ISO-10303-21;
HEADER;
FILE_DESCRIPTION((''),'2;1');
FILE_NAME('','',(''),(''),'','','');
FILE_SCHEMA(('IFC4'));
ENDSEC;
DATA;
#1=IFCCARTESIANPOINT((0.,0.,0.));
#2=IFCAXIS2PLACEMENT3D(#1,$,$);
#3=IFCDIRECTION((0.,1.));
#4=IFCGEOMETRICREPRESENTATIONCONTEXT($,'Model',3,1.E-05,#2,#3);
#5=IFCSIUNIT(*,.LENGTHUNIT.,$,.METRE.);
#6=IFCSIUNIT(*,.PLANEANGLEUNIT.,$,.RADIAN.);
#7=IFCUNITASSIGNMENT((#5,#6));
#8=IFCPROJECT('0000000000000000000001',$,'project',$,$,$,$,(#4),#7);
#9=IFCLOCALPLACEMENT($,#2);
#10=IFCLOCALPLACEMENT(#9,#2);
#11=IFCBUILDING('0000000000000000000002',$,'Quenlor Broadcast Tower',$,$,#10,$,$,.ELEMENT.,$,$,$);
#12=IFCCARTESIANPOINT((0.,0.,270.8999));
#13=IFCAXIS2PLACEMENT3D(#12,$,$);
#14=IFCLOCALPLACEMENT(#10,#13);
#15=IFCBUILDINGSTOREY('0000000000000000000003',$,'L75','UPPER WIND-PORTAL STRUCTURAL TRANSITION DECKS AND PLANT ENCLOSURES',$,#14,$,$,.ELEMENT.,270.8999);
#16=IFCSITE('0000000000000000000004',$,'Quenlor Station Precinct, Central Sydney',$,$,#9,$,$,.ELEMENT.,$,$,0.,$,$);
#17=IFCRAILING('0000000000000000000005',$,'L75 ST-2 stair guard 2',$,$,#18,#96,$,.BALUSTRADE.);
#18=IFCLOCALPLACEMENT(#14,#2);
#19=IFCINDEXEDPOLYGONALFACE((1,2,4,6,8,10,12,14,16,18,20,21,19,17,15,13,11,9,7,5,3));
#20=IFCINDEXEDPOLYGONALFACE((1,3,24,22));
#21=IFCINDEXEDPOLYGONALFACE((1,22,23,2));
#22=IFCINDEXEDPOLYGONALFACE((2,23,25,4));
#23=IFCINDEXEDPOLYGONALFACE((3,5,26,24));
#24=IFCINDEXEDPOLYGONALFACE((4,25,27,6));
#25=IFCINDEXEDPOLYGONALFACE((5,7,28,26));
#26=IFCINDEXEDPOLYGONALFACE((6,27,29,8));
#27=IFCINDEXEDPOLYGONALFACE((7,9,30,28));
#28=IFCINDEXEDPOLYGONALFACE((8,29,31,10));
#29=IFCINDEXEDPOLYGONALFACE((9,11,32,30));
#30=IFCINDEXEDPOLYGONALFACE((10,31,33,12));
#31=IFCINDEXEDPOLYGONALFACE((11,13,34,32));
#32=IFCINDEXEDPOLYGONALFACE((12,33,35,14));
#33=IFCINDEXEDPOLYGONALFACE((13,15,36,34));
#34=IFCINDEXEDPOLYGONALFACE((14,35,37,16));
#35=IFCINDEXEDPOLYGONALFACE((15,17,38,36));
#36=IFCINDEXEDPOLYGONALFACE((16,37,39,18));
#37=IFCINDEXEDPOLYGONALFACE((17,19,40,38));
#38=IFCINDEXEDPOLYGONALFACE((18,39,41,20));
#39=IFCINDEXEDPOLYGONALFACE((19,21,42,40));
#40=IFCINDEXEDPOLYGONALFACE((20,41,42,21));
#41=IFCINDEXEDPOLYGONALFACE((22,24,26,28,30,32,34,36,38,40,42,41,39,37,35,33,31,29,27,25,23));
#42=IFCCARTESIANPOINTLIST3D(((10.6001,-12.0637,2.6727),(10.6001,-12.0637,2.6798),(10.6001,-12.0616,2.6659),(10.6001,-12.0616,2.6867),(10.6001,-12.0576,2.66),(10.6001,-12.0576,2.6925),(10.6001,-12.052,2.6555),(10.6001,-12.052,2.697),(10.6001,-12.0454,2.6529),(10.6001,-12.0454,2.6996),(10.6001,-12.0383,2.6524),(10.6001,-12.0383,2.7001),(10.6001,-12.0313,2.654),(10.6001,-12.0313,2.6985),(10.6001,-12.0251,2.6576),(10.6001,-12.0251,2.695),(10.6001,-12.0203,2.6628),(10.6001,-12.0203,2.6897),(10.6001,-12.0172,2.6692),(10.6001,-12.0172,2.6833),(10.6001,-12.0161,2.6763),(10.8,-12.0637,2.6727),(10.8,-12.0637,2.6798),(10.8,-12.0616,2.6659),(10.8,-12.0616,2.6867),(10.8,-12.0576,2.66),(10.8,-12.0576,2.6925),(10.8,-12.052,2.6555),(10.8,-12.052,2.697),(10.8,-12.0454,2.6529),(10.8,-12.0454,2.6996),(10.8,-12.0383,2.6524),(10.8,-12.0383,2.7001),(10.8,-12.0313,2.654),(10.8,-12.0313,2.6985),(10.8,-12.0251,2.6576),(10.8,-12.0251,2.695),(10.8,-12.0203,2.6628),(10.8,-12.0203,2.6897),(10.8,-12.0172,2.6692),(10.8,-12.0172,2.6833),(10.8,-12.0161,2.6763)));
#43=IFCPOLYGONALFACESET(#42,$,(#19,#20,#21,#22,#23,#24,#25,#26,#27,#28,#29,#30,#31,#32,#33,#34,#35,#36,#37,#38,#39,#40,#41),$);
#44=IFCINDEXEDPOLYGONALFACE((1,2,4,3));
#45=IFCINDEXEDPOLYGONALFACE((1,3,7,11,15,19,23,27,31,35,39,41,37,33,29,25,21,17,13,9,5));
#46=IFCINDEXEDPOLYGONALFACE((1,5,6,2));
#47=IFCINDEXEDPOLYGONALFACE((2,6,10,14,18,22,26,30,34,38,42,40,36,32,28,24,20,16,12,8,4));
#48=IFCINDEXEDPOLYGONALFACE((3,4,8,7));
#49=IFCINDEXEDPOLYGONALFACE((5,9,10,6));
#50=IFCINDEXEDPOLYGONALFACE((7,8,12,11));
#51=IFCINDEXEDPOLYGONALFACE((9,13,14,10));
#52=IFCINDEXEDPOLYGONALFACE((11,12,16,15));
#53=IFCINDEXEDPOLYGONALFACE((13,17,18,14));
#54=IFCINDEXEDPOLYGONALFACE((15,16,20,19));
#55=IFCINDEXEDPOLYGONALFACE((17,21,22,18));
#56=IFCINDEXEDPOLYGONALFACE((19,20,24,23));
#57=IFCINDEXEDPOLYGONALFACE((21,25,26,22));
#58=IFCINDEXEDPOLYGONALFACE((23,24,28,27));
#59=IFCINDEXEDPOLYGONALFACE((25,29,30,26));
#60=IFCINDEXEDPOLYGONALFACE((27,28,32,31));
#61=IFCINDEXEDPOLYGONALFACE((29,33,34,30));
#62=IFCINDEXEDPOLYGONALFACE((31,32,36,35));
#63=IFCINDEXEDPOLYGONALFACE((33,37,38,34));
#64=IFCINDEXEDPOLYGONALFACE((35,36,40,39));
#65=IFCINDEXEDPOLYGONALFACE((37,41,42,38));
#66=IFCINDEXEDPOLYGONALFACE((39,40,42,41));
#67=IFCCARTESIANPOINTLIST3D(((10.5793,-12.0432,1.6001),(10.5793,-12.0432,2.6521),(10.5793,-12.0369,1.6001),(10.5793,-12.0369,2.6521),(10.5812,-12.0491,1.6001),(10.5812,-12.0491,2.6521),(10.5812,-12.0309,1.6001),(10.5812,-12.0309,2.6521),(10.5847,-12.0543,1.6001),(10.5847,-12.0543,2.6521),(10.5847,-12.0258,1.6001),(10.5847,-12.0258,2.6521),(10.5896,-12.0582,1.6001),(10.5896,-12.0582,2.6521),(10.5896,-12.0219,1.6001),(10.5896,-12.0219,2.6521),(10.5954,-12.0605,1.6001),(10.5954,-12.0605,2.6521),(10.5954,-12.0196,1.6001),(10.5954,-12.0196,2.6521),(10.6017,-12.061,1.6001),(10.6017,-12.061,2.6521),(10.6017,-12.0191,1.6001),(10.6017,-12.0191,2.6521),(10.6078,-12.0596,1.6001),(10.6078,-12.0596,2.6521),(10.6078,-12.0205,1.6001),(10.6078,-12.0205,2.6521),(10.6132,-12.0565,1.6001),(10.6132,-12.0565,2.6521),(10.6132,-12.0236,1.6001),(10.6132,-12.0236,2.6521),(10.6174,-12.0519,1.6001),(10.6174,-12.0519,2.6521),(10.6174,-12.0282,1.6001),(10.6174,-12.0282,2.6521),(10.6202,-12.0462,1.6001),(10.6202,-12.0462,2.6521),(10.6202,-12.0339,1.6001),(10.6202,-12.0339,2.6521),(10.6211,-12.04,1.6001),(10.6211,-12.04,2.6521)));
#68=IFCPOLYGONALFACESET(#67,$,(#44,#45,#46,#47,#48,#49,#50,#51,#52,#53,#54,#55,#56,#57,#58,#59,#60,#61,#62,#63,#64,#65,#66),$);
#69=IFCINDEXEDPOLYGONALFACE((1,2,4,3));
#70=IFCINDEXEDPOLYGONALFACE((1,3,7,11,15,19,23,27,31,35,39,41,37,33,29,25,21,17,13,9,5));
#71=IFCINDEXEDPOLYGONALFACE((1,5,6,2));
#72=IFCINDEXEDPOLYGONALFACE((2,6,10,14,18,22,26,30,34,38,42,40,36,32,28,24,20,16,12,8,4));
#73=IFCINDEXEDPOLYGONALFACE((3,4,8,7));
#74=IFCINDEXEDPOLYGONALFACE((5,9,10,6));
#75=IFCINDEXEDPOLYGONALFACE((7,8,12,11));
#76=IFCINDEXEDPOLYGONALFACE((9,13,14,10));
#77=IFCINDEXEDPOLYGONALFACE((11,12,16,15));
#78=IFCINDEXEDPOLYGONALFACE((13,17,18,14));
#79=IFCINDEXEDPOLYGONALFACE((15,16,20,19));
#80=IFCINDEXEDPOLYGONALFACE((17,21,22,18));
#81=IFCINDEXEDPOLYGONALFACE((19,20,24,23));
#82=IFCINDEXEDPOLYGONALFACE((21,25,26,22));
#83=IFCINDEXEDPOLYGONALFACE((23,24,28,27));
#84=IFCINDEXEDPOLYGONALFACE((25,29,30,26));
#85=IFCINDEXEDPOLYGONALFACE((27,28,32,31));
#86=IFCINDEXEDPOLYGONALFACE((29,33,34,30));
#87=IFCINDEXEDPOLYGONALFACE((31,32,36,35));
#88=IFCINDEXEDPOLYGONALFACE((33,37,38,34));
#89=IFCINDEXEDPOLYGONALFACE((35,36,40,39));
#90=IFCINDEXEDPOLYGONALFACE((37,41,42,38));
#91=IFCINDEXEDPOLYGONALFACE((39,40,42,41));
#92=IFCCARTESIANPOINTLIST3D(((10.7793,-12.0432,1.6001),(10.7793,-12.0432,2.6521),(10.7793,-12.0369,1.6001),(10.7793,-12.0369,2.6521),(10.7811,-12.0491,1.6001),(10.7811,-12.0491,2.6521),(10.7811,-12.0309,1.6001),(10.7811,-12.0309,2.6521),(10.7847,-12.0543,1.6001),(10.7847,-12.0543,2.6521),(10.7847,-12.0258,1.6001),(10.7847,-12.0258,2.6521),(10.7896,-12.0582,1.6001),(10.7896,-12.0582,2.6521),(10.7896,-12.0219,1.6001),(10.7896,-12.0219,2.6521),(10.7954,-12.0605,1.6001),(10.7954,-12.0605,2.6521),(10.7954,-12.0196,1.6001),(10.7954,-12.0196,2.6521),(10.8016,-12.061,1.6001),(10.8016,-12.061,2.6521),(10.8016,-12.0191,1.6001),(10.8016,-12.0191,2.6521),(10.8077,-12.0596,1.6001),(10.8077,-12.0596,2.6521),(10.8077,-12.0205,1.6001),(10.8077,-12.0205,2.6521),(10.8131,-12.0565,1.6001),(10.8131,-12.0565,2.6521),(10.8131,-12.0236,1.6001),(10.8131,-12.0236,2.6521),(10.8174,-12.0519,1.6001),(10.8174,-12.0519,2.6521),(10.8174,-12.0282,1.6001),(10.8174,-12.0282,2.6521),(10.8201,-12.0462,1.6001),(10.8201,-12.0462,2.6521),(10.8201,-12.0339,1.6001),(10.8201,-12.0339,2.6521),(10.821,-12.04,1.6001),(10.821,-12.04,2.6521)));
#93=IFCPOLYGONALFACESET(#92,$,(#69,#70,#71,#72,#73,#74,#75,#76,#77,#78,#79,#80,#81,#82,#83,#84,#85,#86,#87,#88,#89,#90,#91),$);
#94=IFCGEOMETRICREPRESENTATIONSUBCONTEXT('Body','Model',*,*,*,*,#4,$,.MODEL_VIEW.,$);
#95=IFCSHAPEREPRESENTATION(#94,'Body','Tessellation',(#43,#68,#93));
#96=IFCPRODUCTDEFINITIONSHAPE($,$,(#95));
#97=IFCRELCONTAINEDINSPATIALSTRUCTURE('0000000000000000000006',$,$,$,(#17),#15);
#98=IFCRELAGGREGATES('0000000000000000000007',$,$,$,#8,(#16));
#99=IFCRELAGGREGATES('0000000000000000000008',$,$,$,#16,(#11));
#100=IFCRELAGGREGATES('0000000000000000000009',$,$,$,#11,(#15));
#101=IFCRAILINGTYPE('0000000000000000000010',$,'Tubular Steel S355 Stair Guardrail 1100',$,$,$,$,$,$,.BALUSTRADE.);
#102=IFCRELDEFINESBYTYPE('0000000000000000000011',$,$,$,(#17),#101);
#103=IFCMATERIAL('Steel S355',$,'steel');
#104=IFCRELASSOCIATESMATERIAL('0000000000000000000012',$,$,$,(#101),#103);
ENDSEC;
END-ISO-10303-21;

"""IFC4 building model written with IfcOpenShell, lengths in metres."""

from ifc_helpers import new_model, si_unit, direction, frame, origin, origin_2d, place, context, subcontext, project, spatial, circle, extrude, material, type_object, element, save


model = new_model("IFC4")

# Units and contexts
model_context = context("Model", 3, precision=1e-05, world=origin(), true_north=direction((0.0, 1.0)))
body_context = subcontext(model_context, "Body", "Model", "MODEL_VIEW")
ifc_project = project(units=[si_unit("LENGTHUNIT", "METRE"), si_unit("PLANEANGLEUNIT", "RADIAN")], contexts=[model_context])

# Site, building, storey
site_placement = place(None, origin())
site = spatial("IfcSite", under=ifc_project, at=site_placement, Name="Quenlor Station Precinct, Central Sydney", CompositionType="ELEMENT", RefElevation=0.0)
building_placement = place(site_placement, origin())
building = spatial("IfcBuilding", under=site, at=building_placement, Name="Quenlor Broadcast Tower", CompositionType="ELEMENT")
storey_placement = place(building_placement, frame((0.0, 0.0, 270.8999)))
storey = spatial("IfcBuildingStorey", under=building, at=storey_placement, Name="L75", Description="UPPER WIND-PORTAL STRUCTURAL TRANSITION DECKS AND PLANT ENCLOSURES", CompositionType="ELEMENT", Elevation=270.8999)

# Railing
ifc_material_1 = material(Name="Steel S355", Category="steel")
railing_type_1 = type_object("IfcRailingType", Name="Tubular Steel S355 Stair Guardrail 1100", PredefinedType="BALUSTRADE", material=ifc_material_1)
railing_1_placement = place(storey_placement, frame((10.6001, -12.04, 1.6001)))
element("IfcRailing", 1, at=railing_1_placement, inside=storey, type_object=railing_type_1, Name="L75 ST-2 stair guard 2", PredefinedType="BALUSTRADE", context=body_context, shape_type="SweptSolid", body=[
    extrude(circle(Radius=0.0239, at=origin_2d()), frame((0.0, 0.0, 1.0762), z_axis=(1.0, 0.0, 0.0), x_axis=(0.0, 1.0, 0.0)), (0.0, 0.0, 1.0), 0.2),
    extrude(circle(Radius=0.021, at=origin_2d()), origin(), (0.0, 0.0, 1.0), 1.052),
    extrude(circle(Radius=0.021, at=origin_2d()), frame((0.2, 0.0, 0.0)), (0.0, 0.0, 1.0), 1.052),
])

save(model, "model.ifc")
